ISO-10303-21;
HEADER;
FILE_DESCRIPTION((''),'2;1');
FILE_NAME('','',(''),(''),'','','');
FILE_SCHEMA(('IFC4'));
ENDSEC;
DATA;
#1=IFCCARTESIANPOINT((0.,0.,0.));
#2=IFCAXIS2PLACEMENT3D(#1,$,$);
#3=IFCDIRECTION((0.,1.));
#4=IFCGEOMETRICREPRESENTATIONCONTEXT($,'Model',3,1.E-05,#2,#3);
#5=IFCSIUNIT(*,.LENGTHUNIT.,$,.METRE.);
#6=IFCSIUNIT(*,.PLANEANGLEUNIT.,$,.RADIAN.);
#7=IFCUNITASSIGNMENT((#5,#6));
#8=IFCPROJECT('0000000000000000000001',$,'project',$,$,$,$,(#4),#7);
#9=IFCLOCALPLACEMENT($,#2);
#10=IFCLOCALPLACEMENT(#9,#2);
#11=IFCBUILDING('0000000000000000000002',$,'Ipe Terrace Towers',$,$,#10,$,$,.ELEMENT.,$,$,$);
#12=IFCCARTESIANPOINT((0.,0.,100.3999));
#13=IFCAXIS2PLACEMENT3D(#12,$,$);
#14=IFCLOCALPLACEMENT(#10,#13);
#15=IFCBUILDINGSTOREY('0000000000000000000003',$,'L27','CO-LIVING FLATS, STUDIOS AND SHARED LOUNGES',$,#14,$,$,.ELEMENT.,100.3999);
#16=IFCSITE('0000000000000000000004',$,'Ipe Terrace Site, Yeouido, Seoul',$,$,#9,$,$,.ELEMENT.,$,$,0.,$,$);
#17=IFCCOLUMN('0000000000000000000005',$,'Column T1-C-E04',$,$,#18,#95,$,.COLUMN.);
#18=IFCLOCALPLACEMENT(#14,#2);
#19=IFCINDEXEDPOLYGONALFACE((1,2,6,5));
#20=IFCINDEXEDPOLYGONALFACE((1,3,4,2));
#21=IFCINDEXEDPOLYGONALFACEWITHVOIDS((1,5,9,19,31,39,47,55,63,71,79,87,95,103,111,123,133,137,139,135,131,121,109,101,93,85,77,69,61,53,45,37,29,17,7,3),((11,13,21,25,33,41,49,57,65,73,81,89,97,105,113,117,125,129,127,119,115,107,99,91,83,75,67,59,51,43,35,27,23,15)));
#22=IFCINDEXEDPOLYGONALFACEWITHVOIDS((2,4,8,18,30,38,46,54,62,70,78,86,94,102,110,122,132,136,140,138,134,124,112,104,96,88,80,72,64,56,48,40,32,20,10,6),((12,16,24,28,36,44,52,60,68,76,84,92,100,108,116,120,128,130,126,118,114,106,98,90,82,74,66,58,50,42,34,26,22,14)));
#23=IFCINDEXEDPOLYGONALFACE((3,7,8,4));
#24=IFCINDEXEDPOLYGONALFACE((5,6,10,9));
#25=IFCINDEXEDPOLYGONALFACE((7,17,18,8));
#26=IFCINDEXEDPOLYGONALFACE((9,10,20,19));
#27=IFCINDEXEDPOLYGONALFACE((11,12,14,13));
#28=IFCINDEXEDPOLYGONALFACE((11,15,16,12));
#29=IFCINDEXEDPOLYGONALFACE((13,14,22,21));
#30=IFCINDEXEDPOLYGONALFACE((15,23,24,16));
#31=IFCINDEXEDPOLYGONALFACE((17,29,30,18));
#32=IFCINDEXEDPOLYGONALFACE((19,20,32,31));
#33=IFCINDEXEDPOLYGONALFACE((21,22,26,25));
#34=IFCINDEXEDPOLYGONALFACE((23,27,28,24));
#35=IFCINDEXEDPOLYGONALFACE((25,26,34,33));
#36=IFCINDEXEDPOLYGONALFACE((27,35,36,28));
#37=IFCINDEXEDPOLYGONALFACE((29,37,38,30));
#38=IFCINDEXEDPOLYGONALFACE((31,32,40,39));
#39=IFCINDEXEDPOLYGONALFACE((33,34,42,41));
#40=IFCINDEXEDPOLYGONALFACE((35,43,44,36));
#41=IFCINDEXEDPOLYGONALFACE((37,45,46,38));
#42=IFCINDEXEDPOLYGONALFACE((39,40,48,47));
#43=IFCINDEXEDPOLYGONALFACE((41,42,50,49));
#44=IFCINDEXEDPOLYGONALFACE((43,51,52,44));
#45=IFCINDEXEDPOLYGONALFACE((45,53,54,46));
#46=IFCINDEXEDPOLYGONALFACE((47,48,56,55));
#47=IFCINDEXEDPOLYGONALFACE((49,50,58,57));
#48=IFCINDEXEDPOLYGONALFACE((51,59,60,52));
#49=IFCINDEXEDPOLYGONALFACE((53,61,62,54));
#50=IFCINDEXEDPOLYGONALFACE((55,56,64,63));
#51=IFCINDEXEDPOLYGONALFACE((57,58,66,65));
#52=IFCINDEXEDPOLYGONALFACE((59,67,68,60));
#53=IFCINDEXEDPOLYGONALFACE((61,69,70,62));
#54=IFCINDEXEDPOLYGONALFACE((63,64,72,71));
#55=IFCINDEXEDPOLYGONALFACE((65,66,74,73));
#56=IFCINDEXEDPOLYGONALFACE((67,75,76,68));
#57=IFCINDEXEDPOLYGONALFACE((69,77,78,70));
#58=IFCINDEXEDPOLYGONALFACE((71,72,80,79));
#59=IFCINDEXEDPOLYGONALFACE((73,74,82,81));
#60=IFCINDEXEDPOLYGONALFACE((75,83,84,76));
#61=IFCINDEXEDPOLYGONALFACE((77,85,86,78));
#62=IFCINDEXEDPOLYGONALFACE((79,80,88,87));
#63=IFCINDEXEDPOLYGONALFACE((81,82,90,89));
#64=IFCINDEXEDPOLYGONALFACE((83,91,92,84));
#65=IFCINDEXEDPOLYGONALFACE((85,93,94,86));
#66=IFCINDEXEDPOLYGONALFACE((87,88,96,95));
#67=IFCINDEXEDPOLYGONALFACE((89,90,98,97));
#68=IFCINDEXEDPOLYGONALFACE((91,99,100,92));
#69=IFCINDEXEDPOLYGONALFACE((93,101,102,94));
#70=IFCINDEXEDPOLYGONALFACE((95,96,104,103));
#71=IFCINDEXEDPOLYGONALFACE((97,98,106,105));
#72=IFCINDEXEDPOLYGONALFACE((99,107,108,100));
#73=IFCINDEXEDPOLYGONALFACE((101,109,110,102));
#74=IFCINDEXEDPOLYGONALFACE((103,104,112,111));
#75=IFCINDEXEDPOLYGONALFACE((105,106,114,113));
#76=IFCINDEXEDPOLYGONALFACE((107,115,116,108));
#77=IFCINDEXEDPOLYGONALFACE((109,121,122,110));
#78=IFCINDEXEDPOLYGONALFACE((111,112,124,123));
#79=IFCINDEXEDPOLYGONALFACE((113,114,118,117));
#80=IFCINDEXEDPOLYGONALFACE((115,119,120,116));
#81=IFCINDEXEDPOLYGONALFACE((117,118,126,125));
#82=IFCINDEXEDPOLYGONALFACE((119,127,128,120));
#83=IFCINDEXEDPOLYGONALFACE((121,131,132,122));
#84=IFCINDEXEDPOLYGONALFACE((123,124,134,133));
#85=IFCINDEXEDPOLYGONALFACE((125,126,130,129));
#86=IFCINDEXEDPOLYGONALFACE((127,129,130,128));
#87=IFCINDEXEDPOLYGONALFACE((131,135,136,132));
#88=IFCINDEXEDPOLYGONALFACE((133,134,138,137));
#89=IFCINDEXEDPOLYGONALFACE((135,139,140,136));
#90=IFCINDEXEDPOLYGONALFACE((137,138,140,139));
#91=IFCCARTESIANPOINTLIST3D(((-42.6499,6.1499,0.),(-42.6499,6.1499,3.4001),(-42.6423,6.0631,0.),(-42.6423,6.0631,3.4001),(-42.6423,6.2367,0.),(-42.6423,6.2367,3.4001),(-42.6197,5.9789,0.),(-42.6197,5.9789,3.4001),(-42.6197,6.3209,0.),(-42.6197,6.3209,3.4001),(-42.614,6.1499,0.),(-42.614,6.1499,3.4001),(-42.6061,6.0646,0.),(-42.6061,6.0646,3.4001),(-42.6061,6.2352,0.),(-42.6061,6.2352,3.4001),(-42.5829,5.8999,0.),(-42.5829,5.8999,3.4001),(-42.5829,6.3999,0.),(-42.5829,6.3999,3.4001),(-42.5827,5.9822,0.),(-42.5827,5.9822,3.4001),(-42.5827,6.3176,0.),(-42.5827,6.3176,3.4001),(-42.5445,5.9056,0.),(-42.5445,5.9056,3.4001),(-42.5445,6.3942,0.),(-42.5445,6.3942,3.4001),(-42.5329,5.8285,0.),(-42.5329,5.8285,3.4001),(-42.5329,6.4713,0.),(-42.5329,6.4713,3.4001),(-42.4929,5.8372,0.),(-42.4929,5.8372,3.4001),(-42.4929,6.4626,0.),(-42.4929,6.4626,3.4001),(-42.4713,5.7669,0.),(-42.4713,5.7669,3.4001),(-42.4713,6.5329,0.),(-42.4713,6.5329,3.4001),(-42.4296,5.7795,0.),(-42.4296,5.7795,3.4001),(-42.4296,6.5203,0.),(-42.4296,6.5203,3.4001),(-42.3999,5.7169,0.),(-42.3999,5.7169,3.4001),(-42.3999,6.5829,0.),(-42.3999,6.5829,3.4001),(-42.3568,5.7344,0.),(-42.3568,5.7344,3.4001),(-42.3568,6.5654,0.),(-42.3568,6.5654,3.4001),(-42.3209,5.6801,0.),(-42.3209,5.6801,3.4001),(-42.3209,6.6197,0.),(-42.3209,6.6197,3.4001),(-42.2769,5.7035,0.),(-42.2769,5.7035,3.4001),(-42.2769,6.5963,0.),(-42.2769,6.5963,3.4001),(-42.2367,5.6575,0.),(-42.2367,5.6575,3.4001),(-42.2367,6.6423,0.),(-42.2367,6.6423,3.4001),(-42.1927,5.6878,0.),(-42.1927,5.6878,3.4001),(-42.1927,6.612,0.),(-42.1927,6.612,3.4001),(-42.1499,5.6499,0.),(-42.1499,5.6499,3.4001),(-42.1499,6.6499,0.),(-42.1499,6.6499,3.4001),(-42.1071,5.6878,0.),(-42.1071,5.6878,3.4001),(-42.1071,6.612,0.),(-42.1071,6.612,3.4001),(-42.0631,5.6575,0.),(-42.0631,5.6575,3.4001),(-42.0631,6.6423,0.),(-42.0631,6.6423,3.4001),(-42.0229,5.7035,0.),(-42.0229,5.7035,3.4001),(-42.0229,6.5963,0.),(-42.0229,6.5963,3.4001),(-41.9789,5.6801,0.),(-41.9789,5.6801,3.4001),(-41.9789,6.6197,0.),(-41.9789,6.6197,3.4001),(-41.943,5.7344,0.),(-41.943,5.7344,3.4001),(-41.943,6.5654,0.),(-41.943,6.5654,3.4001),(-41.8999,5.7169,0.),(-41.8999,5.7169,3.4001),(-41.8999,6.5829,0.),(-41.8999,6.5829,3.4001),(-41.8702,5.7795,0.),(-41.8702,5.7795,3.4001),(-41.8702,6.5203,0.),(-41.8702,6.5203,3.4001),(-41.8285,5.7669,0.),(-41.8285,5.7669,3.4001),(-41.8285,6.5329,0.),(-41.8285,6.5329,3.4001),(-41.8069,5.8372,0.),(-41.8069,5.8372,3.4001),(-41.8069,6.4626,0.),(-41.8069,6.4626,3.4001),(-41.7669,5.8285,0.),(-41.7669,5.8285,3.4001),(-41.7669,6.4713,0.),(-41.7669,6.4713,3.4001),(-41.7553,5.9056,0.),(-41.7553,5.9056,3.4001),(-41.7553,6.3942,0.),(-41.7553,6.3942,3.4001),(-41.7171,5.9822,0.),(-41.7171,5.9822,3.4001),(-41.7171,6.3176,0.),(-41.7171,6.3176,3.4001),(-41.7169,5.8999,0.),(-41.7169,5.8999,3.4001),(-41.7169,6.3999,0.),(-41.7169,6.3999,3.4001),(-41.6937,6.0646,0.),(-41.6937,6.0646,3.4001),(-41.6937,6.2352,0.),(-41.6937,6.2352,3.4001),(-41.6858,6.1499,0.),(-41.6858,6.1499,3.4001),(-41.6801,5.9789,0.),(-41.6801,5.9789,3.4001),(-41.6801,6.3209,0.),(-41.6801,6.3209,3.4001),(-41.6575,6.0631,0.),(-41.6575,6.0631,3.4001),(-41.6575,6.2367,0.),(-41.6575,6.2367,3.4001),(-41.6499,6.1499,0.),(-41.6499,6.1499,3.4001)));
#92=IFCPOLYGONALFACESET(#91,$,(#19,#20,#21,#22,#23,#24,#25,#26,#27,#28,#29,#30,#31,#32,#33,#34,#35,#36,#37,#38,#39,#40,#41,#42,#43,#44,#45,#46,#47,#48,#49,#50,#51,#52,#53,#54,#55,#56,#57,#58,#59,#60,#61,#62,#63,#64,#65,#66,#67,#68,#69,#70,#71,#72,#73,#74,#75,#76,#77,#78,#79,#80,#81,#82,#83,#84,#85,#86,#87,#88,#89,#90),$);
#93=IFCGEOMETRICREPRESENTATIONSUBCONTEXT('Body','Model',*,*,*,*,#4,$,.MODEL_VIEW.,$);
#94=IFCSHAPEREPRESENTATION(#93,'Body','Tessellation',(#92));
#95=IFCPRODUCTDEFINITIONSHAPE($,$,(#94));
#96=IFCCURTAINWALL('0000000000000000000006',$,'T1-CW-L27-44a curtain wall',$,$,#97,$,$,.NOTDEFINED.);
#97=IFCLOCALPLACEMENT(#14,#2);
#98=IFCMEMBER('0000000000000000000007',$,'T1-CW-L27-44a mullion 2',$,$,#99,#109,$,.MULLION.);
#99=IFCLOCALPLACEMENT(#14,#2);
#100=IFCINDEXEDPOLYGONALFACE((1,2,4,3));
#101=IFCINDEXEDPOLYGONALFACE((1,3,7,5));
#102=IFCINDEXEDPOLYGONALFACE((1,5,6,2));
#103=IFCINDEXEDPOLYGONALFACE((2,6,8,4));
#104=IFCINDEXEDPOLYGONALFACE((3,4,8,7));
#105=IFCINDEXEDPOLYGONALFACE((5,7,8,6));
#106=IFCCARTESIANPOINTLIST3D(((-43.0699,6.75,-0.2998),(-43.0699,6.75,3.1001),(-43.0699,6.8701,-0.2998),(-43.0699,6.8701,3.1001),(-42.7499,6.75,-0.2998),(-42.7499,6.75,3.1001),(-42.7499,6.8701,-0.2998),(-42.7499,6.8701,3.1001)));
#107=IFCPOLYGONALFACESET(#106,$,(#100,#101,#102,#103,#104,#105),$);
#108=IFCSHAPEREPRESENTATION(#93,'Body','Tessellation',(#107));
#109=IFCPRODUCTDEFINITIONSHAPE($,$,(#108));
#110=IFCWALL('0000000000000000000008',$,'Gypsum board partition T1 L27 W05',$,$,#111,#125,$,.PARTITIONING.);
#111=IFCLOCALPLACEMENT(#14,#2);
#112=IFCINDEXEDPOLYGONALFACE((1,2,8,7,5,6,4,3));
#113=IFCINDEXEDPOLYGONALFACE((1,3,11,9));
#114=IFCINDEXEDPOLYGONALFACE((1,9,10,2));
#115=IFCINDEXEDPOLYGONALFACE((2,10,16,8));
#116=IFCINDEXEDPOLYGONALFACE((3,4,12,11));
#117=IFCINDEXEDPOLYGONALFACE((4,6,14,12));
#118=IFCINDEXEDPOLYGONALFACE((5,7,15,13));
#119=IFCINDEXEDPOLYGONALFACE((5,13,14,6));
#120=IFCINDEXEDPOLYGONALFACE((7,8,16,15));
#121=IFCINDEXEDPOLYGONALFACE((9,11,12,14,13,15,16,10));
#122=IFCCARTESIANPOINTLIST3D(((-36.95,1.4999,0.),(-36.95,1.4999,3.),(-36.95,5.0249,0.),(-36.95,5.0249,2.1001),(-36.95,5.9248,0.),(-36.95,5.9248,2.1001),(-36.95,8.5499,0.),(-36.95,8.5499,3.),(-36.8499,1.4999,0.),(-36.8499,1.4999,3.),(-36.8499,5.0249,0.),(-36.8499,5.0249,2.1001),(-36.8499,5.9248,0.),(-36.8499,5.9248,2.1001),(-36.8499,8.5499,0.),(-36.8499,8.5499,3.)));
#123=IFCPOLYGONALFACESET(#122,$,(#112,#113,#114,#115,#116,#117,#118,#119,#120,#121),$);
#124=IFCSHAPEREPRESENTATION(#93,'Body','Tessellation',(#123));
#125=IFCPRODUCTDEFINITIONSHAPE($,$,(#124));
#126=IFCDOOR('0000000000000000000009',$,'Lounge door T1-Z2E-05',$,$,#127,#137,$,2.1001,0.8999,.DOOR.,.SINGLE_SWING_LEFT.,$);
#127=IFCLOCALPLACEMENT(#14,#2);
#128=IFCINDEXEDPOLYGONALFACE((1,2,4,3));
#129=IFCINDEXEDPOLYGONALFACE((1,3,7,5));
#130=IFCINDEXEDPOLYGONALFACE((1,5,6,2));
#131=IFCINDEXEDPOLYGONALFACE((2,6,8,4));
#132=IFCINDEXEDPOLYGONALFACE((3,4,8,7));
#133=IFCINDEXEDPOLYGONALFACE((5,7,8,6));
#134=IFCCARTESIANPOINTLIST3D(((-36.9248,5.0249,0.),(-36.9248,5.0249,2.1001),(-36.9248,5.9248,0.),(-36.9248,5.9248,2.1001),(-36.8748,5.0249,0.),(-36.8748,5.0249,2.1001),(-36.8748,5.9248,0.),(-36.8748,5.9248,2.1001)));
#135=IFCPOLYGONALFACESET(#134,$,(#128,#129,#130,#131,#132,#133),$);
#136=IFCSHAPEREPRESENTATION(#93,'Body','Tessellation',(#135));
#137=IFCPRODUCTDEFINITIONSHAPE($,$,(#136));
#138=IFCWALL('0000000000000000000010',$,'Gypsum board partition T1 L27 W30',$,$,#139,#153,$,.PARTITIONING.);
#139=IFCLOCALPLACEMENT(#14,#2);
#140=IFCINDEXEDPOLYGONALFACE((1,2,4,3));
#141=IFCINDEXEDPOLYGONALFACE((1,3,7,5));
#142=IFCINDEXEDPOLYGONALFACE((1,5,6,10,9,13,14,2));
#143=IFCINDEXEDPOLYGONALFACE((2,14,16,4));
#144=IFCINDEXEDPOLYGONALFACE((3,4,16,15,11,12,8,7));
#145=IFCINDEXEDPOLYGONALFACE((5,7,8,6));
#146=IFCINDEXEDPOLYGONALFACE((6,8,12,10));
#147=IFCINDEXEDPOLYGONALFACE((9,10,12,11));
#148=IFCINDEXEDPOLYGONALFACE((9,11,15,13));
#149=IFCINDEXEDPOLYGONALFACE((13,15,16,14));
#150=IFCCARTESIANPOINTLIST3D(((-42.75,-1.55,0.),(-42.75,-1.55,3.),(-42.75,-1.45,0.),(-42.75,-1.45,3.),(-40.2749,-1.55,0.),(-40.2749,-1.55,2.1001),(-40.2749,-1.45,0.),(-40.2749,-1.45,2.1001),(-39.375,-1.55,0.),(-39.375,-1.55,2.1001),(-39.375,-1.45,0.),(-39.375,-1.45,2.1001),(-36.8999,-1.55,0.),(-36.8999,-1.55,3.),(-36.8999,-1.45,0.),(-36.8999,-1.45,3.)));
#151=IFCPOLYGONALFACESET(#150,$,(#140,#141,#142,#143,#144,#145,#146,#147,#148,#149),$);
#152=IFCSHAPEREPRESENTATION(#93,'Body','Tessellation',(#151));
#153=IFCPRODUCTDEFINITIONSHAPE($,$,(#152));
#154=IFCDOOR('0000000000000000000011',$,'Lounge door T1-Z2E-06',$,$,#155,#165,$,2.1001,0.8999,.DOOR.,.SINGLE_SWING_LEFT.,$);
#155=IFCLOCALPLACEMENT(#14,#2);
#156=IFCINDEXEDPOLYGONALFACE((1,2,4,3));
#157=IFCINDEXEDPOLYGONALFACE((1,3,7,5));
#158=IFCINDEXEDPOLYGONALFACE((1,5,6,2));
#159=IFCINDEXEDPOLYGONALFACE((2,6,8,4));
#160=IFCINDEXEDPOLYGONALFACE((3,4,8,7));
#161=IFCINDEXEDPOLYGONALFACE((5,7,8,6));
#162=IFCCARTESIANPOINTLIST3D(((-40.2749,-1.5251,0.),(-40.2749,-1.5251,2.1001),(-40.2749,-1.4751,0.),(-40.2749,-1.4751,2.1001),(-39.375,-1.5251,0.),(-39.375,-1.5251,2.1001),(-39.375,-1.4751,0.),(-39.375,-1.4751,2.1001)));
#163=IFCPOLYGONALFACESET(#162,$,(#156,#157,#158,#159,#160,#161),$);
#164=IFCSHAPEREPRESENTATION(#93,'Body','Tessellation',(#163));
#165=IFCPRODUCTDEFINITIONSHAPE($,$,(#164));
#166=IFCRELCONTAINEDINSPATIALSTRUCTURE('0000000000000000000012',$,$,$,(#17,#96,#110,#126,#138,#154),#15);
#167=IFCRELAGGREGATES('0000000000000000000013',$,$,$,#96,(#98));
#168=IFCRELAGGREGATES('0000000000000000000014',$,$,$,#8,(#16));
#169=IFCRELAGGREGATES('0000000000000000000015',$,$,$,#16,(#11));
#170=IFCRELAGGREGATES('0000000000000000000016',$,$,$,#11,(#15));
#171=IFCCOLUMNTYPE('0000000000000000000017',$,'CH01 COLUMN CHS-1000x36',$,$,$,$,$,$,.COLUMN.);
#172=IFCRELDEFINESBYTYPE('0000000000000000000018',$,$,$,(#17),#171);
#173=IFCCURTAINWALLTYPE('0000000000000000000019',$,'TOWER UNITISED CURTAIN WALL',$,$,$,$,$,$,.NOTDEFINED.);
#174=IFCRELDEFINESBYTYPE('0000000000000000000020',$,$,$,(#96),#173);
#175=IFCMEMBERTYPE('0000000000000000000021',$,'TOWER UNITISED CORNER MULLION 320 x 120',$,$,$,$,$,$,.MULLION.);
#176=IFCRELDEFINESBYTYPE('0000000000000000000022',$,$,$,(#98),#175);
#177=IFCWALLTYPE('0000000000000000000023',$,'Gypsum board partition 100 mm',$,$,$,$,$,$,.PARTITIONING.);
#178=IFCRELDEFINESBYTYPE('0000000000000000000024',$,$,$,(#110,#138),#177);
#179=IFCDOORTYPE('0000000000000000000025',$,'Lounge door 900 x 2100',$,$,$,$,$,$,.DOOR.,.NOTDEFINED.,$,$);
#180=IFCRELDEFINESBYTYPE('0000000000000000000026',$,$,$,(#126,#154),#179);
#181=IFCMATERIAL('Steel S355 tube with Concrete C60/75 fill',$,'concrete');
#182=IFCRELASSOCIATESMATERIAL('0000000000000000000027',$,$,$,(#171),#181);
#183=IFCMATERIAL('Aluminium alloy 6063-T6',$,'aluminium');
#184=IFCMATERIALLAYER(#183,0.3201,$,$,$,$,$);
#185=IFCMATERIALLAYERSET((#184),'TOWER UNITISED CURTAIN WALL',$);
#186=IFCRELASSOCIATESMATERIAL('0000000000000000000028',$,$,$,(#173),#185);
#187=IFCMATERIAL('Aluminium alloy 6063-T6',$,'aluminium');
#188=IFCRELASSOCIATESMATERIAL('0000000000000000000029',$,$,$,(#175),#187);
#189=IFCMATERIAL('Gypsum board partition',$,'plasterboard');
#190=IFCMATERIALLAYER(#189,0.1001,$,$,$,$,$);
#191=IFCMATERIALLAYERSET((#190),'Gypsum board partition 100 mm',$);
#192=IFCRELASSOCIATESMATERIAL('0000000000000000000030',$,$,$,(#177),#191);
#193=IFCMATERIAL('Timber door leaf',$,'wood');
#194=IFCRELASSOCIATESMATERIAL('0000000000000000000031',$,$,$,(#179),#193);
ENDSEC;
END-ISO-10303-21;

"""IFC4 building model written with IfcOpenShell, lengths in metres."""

from ifc_helpers import new_model, si_unit, direction, frame, frame_2d, origin, origin_2d, place, context, subcontext, project, spatial, rectangle, hollow_circle, extrude, material, layer, layer_set, material_profile, profile_set, type_object, element, fill, aggregate, save


model = new_model("IFC4")

# Units and contexts
model_context = context("Model", 3, precision=1e-05, world=origin(), true_north=direction((0.0, 1.0)))
body_context = subcontext(model_context, "Body", "Model", "MODEL_VIEW")
ifc_project = project(units=[si_unit("LENGTHUNIT", "METRE"), si_unit("PLANEANGLEUNIT", "RADIAN")], contexts=[model_context])

# Site, building, storey
site_placement = place(None, origin())
site = spatial("IfcSite", under=ifc_project, at=site_placement, Name="Ipe Terrace Site, Yeouido, Seoul", CompositionType="ELEMENT", RefElevation=0.0)
building_placement = place(site_placement, origin())
building = spatial("IfcBuilding", under=site, at=building_placement, Name="Ipe Terrace Towers", CompositionType="ELEMENT")
storey_placement = place(building_placement, frame((0.0, 0.0, 100.3999)))
storey = spatial("IfcBuildingStorey", under=building, at=storey_placement, Name="L27", Description="CO-LIVING FLATS, STUDIOS AND SHARED LOUNGES", CompositionType="ELEMENT", Elevation=100.3999)

# Column
ifc_material_1 = material(Name="Steel S355 tube with Concrete C60/75 fill", Category="concrete")
ifc_material_profile_1 = material_profile(ifc_material_1, hollow_circle(Radius=0.5, WallThickness=0.0359, at=origin_2d()), Name="CHS-1000x36")
ifc_profile_set_1 = profile_set([ifc_material_profile_1], Name="Steel S355 tube with Concrete C60/75 fill")
column_type = type_object("IfcColumnType", Name="CH01 COLUMN CHS-1000x36", PredefinedType="COLUMN", material=ifc_profile_set_1)
column_placement = place(storey_placement, frame((-42.1499, 6.1499, 0.0), z_axis=(0.0, 0.0, 1.0), x_axis=(1.0, 0.0, 0.0)))
element("IfcColumn", 1, at=column_placement, inside=storey, type_object=column_type, Name="Column T1-C-E04", PredefinedType="COLUMN", context=body_context, shape_type="SweptSolid", body=[
    extrude(hollow_circle(Radius=0.5, WallThickness=0.0359, at=origin_2d()), origin(), (0.0, 0.0, 1.0), 3.4001),
])

# Curtain wall, member
ifc_material_2 = material(Name="Aluminium alloy 6063-T6", Category="aluminium")
ifc_layer_1 = layer(ifc_material_2, 0.3201)
ifc_layer_set_1 = layer_set([ifc_layer_1], Name="TOWER UNITISED CURTAIN WALL")
curtain_wall_type = type_object("IfcCurtainWallType", Name="TOWER UNITISED CURTAIN WALL", PredefinedType="NOTDEFINED", material=ifc_layer_set_1)
curtain_wall_placement = place(storey_placement, origin())
curtain_wall = element("IfcCurtainWall", 2, at=curtain_wall_placement, inside=storey, type_object=curtain_wall_type, Name="T1-CW-L27-44a curtain wall", PredefinedType="NOTDEFINED")
ifc_material_3 = material(Name="Aluminium alloy 6063-T6", Category="aluminium")
ifc_material_profile_2 = material_profile(ifc_material_3, rectangle(XDim=0.3201, YDim=0.1201, at=origin_2d()), Name="TOWER UNITISED CORNER MULLION 320 x 120")
ifc_profile_set_2 = profile_set([ifc_material_profile_2], Name="Aluminium alloy 6063-T6")
member_type = type_object("IfcMemberType", Name="TOWER UNITISED CORNER MULLION 320 x 120", PredefinedType="MULLION", material=ifc_profile_set_2)
member_placement = place(storey_placement, frame((-42.9099, 6.8101, -0.2998), z_axis=(0.0, 0.0, 1.0), x_axis=(-1.0, 0.0, 0.0)))
member = element("IfcMember", 3, at=member_placement, type_object=member_type, Name="T1-CW-L27-44a mullion 2", PredefinedType="MULLION", context=body_context, shape_type="SweptSolid", body=[
    extrude(rectangle(XDim=0.3201, YDim=0.1201, at=origin_2d()), origin(), (0.0, 0.0, 1.0), 3.3999),
])
aggregate(curtain_wall, [member])

# Walls, openings, doors
ifc_material_4 = material(Name="Gypsum board partition", Category="plasterboard")
ifc_layer_2 = layer(ifc_material_4, 0.1001)
ifc_layer_set_2 = layer_set([ifc_layer_2], Name="Gypsum board partition 100 mm")
wall_type_1 = type_object("IfcWallType", Name="Gypsum board partition 100 mm", PredefinedType="PARTITIONING", material=ifc_layer_set_2)
wall_1_placement = place(storey_placement, frame((-36.8999, 1.5, 0.0), z_axis=(0.0, 0.0, 1.0), x_axis=(0.0, 1.0, 0.0)))
wall_1 = element("IfcWall", 4, at=wall_1_placement, inside=storey, type_object=wall_type_1, Name="Gypsum board partition T1 L27 W05", PredefinedType="PARTITIONING", context=body_context, shape_type="SweptSolid", body=[
    extrude(rectangle(XDim=7.05, YDim=0.1001, at=frame_2d((3.5249, 0.0))), origin(), (0.0, 0.0, 1.0), 3.0),
])
opening_1_placement = place(wall_1_placement, frame((3.5249, 0.0, 0.0)))
opening_1 = element("IfcOpeningElement", 5, at=opening_1_placement, cuts=wall_1, PredefinedType="OPENING", context=body_context, shape_type="SweptSolid", body=[
    extrude(rectangle(XDim=0.8999, YDim=2.1001, at=frame_2d((0.45, 1.05))), frame((0.0, 0.0601, 0.0), z_axis=(0.0, -1.0, 0.0), x_axis=(1.0, 0.0, 0.0)), (0.0, 0.0, 1.0), 0.1201),
])
ifc_material_5 = material(Name="Timber door leaf", Category="wood")
door_type_1 = type_object("IfcDoorType", Name="Lounge door 900 x 2100", OperationType="NOTDEFINED", PredefinedType="DOOR", material=ifc_material_5)
door_1_placement = place(opening_1_placement, origin())
door_1 = element("IfcDoor", 6, at=door_1_placement, inside=storey, type_object=door_type_1, Name="Lounge door T1-Z2E-05", OperationType="SINGLE_SWING_LEFT", OverallHeight=2.1001, OverallWidth=0.8999, PredefinedType="DOOR", context=body_context, shape_type="SweptSolid", body=[
    extrude(rectangle(XDim=0.8999, YDim=2.1001, at=frame_2d((0.45, 1.05))), frame((0.0, 0.0249, 0.0), z_axis=(0.0, -1.0, 0.0), x_axis=(1.0, 0.0, 0.0)), (0.0, 0.0, 1.0), 0.05),
])
fill(opening_1, door_1)
wall_2_placement = place(storey_placement, frame((-42.75, -1.5, 0.0), z_axis=(0.0, 0.0, 1.0), x_axis=(1.0, 0.0, 0.0)))
wall_2 = element("IfcWall", 7, at=wall_2_placement, inside=storey, type_object=wall_type_1, Name="Gypsum board partition T1 L27 W30", PredefinedType="PARTITIONING", context=body_context, shape_type="SweptSolid", body=[
    extrude(rectangle(XDim=5.8501, YDim=0.1001, at=frame_2d((2.925, 0.0))), origin(), (0.0, 0.0, 1.0), 3.0),
])
opening_2_placement = place(wall_2_placement, frame((2.4751, 0.0, 0.0)))
opening_2 = element("IfcOpeningElement", 8, at=opening_2_placement, cuts=wall_2, PredefinedType="OPENING", context=body_context, shape_type="SweptSolid", body=[
    extrude(rectangle(XDim=0.8999, YDim=2.1001, at=frame_2d((0.45, 1.05))), frame((0.0, 0.0601, 0.0), z_axis=(0.0, -1.0, 0.0), x_axis=(1.0, 0.0, 0.0)), (0.0, 0.0, 1.0), 0.1201),
])
door_2_placement = place(opening_2_placement, origin())
door_2 = element("IfcDoor", 9, at=door_2_placement, inside=storey, type_object=door_type_1, Name="Lounge door T1-Z2E-06", OperationType="SINGLE_SWING_LEFT", OverallHeight=2.1001, OverallWidth=0.8999, PredefinedType="DOOR", context=body_context, shape_type="SweptSolid", body=[
    extrude(rectangle(XDim=0.8999, YDim=2.1001, at=frame_2d((0.45, 1.05))), frame((0.0, 0.0249, 0.0), z_axis=(0.0, -1.0, 0.0), x_axis=(1.0, 0.0, 0.0)), (0.0, 0.0, 1.0), 0.05),
])
fill(opening_2, door_2)

save(model, "model.ifc")
